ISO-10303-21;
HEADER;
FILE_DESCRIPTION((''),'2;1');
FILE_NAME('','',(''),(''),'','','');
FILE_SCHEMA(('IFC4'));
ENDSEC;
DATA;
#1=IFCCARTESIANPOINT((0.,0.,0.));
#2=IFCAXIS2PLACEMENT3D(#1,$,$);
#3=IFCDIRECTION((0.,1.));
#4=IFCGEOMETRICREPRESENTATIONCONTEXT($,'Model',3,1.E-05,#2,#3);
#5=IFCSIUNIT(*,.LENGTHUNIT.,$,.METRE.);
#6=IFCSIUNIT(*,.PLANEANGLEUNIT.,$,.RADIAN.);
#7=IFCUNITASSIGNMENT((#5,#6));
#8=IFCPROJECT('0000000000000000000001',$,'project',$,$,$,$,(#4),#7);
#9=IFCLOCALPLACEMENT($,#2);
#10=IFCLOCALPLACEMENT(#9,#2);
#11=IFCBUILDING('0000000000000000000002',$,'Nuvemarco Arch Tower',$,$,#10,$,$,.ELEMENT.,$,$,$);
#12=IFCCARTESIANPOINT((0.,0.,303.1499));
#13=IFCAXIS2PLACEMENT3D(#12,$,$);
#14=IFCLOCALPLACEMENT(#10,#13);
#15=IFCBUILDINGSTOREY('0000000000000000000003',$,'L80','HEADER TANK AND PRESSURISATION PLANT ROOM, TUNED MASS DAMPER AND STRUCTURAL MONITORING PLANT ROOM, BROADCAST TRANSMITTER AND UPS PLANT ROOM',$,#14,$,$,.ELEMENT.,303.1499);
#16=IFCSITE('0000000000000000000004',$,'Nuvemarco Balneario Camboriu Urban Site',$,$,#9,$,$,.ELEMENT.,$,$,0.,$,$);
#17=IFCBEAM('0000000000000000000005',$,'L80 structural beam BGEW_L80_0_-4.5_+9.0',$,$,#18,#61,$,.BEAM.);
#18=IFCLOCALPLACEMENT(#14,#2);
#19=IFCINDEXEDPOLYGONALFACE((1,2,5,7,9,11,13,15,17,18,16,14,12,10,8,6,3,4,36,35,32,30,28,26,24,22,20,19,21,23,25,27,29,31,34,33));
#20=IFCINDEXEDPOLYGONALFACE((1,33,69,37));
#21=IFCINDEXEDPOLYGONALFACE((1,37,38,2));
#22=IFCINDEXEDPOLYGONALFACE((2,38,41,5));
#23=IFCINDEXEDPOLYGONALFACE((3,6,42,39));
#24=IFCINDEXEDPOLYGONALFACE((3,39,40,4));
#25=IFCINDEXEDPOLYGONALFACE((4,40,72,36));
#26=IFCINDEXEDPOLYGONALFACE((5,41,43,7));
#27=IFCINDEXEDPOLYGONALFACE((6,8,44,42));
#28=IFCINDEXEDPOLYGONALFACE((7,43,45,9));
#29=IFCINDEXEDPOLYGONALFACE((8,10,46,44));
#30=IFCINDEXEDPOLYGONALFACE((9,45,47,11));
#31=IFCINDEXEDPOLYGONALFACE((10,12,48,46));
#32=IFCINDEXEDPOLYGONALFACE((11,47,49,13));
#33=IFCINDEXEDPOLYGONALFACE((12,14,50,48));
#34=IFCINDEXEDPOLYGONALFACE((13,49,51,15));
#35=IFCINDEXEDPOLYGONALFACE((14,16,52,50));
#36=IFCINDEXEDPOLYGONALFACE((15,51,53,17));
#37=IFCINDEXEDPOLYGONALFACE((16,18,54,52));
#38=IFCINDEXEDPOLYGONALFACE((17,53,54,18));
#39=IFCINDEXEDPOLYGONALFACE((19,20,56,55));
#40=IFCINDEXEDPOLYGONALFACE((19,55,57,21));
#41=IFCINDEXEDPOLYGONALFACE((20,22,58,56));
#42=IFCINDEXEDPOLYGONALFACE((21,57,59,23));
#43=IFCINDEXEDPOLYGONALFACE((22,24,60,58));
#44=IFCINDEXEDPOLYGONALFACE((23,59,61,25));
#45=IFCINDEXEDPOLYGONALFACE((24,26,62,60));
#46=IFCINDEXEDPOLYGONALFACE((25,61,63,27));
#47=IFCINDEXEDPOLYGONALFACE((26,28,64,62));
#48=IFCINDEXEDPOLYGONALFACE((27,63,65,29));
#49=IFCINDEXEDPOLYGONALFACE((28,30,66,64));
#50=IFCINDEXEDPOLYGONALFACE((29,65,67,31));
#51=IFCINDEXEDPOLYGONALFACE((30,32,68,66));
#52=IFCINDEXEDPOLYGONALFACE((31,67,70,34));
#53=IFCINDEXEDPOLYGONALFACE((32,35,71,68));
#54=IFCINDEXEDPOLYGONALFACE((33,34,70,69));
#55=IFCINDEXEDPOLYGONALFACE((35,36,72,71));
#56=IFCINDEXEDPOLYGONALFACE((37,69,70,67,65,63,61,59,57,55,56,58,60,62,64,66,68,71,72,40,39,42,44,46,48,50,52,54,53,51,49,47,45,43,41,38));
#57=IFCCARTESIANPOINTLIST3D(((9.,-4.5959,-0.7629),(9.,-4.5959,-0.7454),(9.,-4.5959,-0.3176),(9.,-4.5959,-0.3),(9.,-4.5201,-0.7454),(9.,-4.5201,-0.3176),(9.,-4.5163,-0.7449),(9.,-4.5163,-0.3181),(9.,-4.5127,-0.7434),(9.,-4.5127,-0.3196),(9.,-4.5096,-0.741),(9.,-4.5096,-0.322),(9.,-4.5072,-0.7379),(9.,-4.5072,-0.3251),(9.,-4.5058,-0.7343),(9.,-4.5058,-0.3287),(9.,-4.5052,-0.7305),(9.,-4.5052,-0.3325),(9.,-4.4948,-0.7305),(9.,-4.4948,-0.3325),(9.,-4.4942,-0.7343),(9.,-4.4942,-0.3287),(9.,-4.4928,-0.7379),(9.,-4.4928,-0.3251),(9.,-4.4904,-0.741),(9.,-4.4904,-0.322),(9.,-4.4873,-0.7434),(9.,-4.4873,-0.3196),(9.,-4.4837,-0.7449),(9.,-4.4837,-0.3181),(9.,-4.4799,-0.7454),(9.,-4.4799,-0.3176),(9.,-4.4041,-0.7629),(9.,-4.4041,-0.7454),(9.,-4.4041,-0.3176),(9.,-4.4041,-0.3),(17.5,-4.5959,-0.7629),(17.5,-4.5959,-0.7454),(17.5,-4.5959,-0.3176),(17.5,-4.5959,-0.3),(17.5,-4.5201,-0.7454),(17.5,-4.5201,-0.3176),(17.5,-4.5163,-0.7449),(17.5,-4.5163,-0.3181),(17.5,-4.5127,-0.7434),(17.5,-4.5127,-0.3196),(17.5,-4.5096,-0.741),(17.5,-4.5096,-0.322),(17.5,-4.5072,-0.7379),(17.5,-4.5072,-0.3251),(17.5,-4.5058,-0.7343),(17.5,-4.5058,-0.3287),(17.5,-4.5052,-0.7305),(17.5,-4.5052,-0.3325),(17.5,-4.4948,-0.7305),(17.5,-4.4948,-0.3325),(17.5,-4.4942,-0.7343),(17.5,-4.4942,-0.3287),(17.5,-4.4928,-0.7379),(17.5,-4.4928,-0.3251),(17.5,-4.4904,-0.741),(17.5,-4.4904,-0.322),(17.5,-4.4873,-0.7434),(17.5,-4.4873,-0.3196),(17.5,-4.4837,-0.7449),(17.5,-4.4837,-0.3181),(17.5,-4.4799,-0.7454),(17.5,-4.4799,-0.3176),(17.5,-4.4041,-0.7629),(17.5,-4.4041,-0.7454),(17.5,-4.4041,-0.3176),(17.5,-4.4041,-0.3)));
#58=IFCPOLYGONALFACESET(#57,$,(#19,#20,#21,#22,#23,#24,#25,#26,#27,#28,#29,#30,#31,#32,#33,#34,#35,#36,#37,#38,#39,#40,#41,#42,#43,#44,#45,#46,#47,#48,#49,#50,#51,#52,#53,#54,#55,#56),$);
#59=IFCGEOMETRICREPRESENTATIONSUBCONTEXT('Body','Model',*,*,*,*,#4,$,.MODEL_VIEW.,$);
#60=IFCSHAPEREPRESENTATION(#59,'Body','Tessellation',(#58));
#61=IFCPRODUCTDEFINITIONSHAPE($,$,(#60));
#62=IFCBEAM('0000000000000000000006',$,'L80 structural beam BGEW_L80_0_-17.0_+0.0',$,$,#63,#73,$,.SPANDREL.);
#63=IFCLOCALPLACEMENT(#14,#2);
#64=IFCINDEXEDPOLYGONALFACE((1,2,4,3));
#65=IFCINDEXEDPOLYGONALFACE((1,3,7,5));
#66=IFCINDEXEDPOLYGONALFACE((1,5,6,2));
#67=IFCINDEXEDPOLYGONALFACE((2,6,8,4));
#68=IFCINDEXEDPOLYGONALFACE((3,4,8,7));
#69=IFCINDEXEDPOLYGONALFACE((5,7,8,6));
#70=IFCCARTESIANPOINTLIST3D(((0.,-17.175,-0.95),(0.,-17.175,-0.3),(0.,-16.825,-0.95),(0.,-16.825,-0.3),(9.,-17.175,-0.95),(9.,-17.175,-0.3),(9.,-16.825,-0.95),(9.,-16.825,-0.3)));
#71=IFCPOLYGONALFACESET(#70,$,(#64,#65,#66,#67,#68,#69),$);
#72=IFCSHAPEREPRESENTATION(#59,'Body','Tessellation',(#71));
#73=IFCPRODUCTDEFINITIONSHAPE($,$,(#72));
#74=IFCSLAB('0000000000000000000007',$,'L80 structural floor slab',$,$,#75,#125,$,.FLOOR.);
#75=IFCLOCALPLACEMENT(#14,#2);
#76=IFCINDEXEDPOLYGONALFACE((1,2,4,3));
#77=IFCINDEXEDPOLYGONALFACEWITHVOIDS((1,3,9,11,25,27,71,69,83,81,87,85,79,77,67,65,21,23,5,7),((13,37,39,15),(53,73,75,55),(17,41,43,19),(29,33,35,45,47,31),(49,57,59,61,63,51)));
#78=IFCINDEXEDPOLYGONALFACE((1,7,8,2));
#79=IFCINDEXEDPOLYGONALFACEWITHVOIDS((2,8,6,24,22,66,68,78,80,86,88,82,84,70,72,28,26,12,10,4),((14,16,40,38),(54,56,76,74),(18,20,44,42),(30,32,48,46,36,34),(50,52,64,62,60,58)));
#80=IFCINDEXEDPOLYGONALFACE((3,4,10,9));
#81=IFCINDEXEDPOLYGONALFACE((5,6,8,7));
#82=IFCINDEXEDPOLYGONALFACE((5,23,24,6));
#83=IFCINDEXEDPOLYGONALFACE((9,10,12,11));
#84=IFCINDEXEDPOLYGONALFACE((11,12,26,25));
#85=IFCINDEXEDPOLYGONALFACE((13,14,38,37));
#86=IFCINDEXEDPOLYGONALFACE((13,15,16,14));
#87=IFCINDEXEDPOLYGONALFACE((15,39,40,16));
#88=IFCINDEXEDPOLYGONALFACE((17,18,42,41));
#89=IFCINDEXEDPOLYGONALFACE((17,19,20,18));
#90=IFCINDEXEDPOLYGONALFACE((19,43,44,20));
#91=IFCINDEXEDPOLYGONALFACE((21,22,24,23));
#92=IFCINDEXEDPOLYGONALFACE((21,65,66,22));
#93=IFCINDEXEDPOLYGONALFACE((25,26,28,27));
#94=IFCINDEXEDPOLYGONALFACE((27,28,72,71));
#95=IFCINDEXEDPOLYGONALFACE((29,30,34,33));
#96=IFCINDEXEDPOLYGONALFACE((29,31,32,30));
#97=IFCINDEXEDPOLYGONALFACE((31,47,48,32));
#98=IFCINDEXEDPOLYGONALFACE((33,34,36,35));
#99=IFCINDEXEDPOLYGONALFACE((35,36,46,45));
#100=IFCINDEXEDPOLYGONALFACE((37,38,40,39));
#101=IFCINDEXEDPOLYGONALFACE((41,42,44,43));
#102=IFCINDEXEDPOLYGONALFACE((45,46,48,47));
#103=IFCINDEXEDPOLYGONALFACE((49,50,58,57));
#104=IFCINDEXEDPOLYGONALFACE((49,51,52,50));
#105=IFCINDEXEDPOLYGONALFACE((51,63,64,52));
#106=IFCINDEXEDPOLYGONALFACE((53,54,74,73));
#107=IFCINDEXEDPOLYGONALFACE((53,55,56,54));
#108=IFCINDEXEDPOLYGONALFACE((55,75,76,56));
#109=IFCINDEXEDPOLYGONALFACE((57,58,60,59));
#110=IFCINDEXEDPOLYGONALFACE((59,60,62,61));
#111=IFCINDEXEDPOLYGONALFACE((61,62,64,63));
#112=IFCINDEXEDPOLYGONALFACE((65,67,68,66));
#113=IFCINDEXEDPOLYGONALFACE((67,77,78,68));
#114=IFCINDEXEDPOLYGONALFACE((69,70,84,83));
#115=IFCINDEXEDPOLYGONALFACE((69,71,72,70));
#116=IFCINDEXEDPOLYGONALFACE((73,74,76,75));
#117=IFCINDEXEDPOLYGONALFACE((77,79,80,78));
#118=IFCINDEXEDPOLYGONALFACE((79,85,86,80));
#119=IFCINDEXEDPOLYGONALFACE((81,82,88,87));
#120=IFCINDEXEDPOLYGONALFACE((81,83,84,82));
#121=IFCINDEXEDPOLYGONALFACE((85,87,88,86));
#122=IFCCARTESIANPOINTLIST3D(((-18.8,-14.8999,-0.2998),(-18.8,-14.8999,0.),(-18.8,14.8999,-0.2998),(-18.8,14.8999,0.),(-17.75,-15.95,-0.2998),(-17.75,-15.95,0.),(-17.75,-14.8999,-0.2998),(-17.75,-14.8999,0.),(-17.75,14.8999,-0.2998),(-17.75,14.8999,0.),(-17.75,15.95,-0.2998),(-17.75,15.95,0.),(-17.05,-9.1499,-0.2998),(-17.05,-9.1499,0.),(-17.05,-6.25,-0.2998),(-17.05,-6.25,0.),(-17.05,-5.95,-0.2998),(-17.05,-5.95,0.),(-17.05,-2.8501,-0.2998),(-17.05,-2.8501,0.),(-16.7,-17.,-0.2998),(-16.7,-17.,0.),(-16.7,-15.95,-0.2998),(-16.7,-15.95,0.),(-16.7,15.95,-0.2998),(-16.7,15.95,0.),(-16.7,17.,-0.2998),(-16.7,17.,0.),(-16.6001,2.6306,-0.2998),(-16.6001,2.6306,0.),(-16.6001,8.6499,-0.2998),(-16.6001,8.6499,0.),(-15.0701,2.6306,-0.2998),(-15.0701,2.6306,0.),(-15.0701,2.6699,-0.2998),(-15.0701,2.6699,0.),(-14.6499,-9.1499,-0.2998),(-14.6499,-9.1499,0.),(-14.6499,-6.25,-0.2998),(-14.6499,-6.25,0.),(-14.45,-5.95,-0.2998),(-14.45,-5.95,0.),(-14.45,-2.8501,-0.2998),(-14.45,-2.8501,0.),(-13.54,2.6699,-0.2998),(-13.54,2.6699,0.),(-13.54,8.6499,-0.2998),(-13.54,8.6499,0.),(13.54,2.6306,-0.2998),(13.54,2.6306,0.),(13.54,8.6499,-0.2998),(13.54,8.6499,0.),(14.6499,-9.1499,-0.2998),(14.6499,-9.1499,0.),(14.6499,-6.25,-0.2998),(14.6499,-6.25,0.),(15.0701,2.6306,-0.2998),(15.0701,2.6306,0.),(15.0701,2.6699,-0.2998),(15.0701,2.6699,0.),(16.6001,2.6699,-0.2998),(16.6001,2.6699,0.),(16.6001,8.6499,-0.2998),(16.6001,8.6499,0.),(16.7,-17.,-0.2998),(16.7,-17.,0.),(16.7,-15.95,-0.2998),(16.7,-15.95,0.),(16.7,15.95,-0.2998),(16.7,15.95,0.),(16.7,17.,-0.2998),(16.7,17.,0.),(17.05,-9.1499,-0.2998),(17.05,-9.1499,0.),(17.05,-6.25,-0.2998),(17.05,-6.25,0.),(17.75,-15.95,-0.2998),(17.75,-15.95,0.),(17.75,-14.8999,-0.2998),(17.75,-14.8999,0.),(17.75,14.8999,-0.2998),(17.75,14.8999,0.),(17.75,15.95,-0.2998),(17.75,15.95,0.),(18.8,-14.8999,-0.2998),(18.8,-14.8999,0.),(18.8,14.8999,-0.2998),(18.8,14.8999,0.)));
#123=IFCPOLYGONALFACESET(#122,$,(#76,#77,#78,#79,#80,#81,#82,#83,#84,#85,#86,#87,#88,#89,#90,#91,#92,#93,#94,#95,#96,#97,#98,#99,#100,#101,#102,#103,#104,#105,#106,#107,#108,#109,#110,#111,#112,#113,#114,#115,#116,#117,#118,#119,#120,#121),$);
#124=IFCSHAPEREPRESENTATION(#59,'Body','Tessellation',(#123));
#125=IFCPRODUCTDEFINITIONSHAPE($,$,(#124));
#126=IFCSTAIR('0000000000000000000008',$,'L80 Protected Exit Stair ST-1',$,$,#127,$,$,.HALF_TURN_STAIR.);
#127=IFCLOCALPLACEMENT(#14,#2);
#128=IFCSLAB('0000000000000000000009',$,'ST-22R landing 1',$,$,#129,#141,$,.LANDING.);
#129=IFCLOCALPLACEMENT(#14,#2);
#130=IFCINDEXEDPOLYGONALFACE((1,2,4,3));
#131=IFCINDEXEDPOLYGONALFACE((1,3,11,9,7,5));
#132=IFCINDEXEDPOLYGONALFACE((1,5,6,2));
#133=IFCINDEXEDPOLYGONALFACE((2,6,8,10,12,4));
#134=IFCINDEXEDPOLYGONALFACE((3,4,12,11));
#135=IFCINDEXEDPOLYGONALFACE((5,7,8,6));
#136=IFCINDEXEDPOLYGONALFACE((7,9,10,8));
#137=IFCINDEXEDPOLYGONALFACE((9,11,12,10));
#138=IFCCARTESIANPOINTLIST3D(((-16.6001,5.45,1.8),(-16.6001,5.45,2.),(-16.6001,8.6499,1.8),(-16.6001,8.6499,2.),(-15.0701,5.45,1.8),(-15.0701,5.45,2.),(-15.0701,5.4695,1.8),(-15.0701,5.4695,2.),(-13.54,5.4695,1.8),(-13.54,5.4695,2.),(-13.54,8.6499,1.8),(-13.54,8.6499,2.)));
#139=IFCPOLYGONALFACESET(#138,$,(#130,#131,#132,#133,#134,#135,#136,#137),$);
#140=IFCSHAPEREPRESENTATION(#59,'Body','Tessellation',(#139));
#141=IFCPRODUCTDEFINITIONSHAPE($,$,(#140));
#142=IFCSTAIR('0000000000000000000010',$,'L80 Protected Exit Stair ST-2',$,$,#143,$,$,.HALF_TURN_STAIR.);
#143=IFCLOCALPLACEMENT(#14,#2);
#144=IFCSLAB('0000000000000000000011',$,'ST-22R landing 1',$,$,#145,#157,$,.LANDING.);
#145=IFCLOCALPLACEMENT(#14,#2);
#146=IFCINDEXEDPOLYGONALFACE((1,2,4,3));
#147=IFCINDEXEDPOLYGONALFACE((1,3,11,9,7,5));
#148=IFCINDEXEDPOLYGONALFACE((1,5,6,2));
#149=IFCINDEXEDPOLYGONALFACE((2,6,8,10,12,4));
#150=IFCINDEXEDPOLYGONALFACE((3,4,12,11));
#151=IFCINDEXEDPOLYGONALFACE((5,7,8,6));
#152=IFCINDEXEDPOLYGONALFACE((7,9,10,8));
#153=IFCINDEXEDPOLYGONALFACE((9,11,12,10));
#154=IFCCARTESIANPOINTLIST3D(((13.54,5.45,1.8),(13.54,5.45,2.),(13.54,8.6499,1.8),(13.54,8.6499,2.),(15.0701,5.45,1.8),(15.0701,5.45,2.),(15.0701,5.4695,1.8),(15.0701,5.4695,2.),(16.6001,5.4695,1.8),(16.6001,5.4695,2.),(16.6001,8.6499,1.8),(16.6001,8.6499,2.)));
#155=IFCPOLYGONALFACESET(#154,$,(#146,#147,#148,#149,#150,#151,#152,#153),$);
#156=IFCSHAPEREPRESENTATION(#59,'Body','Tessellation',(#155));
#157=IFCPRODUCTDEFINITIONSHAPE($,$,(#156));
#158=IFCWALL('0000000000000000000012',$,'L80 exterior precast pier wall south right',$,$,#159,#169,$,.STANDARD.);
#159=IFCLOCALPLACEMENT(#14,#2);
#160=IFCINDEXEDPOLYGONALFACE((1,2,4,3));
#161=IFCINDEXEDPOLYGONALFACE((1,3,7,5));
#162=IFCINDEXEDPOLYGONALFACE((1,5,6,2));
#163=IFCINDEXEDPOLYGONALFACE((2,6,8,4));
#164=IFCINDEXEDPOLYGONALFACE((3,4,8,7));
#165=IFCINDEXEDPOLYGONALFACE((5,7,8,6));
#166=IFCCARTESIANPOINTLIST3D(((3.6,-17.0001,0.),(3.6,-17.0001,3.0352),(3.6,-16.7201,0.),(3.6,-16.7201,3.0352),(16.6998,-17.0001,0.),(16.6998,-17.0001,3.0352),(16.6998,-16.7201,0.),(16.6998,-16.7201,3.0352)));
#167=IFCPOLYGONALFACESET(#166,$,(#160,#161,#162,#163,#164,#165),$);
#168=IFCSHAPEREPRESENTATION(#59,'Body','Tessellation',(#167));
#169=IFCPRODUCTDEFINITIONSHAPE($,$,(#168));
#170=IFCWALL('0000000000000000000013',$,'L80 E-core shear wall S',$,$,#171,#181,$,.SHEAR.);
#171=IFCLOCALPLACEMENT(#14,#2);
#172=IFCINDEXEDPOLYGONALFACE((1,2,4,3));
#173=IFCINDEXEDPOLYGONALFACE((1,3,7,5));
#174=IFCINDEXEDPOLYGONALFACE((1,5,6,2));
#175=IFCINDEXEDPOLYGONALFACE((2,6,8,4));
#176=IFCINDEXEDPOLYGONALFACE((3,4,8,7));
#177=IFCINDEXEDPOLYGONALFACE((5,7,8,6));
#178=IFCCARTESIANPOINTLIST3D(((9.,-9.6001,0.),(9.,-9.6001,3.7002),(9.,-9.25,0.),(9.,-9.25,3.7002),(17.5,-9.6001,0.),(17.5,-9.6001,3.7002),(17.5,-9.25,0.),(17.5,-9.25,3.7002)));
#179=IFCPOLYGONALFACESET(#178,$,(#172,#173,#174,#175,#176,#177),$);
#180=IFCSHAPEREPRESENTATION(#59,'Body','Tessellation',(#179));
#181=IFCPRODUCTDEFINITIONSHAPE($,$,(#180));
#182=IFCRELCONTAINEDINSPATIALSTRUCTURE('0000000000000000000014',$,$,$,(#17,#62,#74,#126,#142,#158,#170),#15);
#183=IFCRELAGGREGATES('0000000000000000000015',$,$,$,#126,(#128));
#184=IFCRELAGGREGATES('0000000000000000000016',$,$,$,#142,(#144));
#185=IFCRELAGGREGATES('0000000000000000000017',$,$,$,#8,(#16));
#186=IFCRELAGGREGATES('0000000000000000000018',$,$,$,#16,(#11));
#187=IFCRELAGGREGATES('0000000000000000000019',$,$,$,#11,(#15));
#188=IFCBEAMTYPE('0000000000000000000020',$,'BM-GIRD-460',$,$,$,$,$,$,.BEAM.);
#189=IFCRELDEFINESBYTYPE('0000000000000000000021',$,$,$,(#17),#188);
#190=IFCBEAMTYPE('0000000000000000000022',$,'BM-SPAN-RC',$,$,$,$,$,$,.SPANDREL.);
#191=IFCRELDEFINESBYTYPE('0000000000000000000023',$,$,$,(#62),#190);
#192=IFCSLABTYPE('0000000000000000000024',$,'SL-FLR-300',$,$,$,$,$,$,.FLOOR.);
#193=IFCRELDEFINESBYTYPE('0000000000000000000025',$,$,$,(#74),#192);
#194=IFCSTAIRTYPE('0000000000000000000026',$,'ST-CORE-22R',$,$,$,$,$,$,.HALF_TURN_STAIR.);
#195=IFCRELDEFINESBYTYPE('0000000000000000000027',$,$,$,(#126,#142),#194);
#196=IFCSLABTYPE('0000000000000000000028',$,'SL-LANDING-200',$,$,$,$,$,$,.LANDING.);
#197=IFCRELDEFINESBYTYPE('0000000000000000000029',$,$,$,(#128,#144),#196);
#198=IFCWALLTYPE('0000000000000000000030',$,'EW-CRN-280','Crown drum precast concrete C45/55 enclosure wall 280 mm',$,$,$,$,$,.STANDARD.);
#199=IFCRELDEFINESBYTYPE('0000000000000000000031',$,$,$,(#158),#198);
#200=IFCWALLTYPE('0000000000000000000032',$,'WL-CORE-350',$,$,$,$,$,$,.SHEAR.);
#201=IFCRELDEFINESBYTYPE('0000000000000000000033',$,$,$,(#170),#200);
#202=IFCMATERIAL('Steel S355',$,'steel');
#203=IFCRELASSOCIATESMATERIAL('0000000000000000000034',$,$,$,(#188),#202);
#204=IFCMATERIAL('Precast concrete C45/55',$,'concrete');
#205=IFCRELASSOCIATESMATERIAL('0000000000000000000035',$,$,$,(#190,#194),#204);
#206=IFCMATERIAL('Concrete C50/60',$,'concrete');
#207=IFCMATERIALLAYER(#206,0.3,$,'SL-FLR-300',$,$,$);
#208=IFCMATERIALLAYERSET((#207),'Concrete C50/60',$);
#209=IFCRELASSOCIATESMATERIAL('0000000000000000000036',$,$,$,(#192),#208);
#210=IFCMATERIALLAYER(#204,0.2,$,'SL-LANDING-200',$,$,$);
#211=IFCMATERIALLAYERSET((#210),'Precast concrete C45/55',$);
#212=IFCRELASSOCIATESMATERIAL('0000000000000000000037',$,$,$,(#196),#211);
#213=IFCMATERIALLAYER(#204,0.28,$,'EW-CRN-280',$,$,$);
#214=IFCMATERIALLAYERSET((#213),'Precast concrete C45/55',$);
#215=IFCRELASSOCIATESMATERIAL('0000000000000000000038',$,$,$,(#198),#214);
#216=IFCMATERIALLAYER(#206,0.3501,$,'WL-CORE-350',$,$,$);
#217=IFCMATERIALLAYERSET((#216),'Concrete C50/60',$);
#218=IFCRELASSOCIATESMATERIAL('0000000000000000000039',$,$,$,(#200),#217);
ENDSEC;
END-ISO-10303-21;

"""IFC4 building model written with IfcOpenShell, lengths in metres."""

from ifc_helpers import new_model, si_unit, direction, frame, frame_2d, origin, origin_2d, place, context, subcontext, project, spatial, polyline, rectangle, i_section, outline, extrude, material, layer, layer_set, material_profile, profile_set, type_object, element, aggregate, save


model = new_model("IFC4")

# Units and contexts
model_context = context("Model", 3, precision=1e-05, world=origin(), true_north=direction((0.0, 1.0)))
body_context = subcontext(model_context, "Body", "Model", "MODEL_VIEW")
ifc_project = project(units=[si_unit("LENGTHUNIT", "METRE"), si_unit("PLANEANGLEUNIT", "RADIAN")], contexts=[model_context])

# Site, building, storey
site_placement = place(None, origin())
site = spatial("IfcSite", under=ifc_project, at=site_placement, Name="Nuvemarco Balneario Camboriu Urban Site", CompositionType="ELEMENT", RefElevation=0.0)
building_placement = place(site_placement, origin())
building = spatial("IfcBuilding", under=site, at=building_placement, Name="Nuvemarco Arch Tower", CompositionType="ELEMENT")
storey_placement = place(building_placement, frame((0.0, 0.0, 303.1499)))
storey = spatial("IfcBuildingStorey", under=building, at=storey_placement, Name="L80", Description="HEADER TANK AND PRESSURISATION PLANT ROOM, TUNED MASS DAMPER AND STRUCTURAL MONITORING PLANT ROOM, BROADCAST TRANSMITTER AND UPS PLANT ROOM", CompositionType="ELEMENT", Elevation=303.1499)

# Shared definitions
ifc_material_1 = material(Name="Concrete C50/60", Category="concrete")
ifc_material_2 = material(Name="Steel S355", Category="steel")

# Beams
ifc_material_profile_1 = material_profile(ifc_material_2, i_section(OverallWidth=0.1919, OverallDepth=0.4629, WebThickness=0.0105, FlangeThickness=0.0176, FilletRadius=0.0149, at=origin_2d()), Name="W460x89")
ifc_profile_set_1 = profile_set([ifc_material_profile_1], Name="Steel S355")
beam_type_1 = type_object("IfcBeamType", Name="BM-GIRD-460", PredefinedType="BEAM", material=ifc_profile_set_1)
for number, where, z_axis, x_axis, name in (
    (1, (9.0, -4.5, -0.5315), (1.0, 0.0, 0.0), (0.0, 1.0, 0.0), "L80 structural beam BGEW_L80_0_-4.5_+9.0"),
):
    element("IfcBeam", number, at=place(storey_placement, frame(where, z_axis=z_axis, x_axis=x_axis)), inside=storey, type_object=beam_type_1, Name=name, PredefinedType="BEAM", context=body_context, shape_type="SweptSolid", body=[
        extrude(i_section(OverallWidth=0.1919, OverallDepth=0.4629, WebThickness=0.0105, FlangeThickness=0.0176, FilletRadius=0.0149, at=origin_2d()), origin(), (0.0, 0.0, 1.0), 8.5),
    ])
ifc_material_3 = material(Name="Precast concrete C45/55", Category="concrete")
ifc_material_profile_2 = material_profile(ifc_material_3, rectangle(XDim=0.3501, YDim=0.6499, at=origin_2d()), Name="PC-SP-350x650")
ifc_profile_set_2 = profile_set([ifc_material_profile_2], Name="Precast concrete C45/55")
beam_type_2 = type_object("IfcBeamType", Name="BM-SPAN-RC", PredefinedType="SPANDREL", material=ifc_profile_set_2)
beam_1_placement = place(storey_placement, frame((0.0, -17.0, -0.625), z_axis=(1.0, 0.0, 0.0), x_axis=(0.0, 1.0, 0.0)))
element("IfcBeam", 2, at=beam_1_placement, inside=storey, type_object=beam_type_2, Name="L80 structural beam BGEW_L80_0_-17.0_+0.0", PredefinedType="SPANDREL", context=body_context, shape_type="SweptSolid", body=[
    extrude(rectangle(XDim=0.3501, YDim=0.6499, at=origin_2d()), origin(), (0.0, 0.0, 1.0), 9.0),
])

# Slab
ifc_layer_1 = layer(ifc_material_1, 0.3, Name="SL-FLR-300")
ifc_layer_set_1 = layer_set([ifc_layer_1], Name="Concrete C50/60")
slab_type_1 = type_object("IfcSlabType", Name="SL-FLR-300", PredefinedType="FLOOR", material=ifc_layer_set_1)
slab_1_placement = place(storey_placement, frame((0.0, 0.0, -0.2998)))
element("IfcSlab", 3, at=slab_1_placement, inside=storey, type_object=slab_type_1, Name="L80 structural floor slab", PredefinedType="FLOOR", context=body_context, shape_type="SweptSolid", body=[
    extrude(outline(polyline([(-16.7, -17.0), (16.7, -17.0), (16.7, -15.95), (17.75, -15.95), (17.75, -14.8999), (18.8, -14.8999), (18.8, 14.8999), (17.75, 14.8999), (17.75, 15.95), (16.7, 15.95), (16.7, 17.0), (-16.7, 17.0), (-16.7, 15.95), (-17.75, 15.95), (-17.75, 14.8999), (-18.8, 14.8999), (-18.8, -14.8999), (-17.75, -14.8999), (-17.75, -15.95), (-16.7, -15.95), (-16.7, -17.0)]), holes=[polyline([(-13.54, 2.6699), (-13.54, 8.6499), (-16.6001, 8.6499), (-16.6001, 2.6306), (-15.0701, 2.6306), (-15.0701, 2.6699), (-13.54, 2.6699)]), polyline([(16.6001, 2.6699), (16.6001, 8.6499), (13.54, 8.6499), (13.54, 2.6306), (15.0701, 2.6306), (15.0701, 2.6699), (16.6001, 2.6699)]), polyline([(-17.05, -9.1499), (-14.6499, -9.1499), (-14.6499, -6.25), (-17.05, -6.25), (-17.05, -9.1499)]), polyline([(-17.05, -5.95), (-14.45, -5.95), (-14.45, -2.8501), (-17.05, -2.8501), (-17.05, -5.95)]), polyline([(14.6499, -9.1499), (17.05, -9.1499), (17.05, -6.25), (14.6499, -6.25), (14.6499, -9.1499)])]), origin(), (0.0, 0.0, 1.0), 0.2998),
])

# Stairs, slabs
stair_type = type_object("IfcStairType", Name="ST-CORE-22R", PredefinedType="HALF_TURN_STAIR", material=ifc_material_3)
stair_1_placement = place(storey_placement, origin())
stair_1 = element("IfcStair", 4, at=stair_1_placement, inside=storey, type_object=stair_type, Name="L80 Protected Exit Stair ST-1", PredefinedType="HALF_TURN_STAIR")
ifc_layer_2 = layer(ifc_material_3, 0.2, Name="SL-LANDING-200")
ifc_layer_set_2 = layer_set([ifc_layer_2], Name="Precast concrete C45/55")
slab_type_2 = type_object("IfcSlabType", Name="SL-LANDING-200", PredefinedType="LANDING", material=ifc_layer_set_2)
slab_2_placement = place(storey_placement, frame((0.0, 0.0, 1.8)))
slab_2 = element("IfcSlab", 5, at=slab_2_placement, type_object=slab_type_2, Name="ST-22R landing 1", PredefinedType="LANDING", context=body_context, shape_type="SweptSolid", body=[
    extrude(outline(polyline([(-13.54, 5.4695), (-13.54, 8.6499), (-16.6001, 8.6499), (-16.6001, 5.45), (-15.0701, 5.45), (-15.0701, 5.4695), (-13.54, 5.4695)])), origin(), (0.0, 0.0, 1.0), 0.2),
])
aggregate(stair_1, [slab_2])
stair_2_placement = place(storey_placement, origin())
stair_2 = element("IfcStair", 6, at=stair_2_placement, inside=storey, type_object=stair_type, Name="L80 Protected Exit Stair ST-2", PredefinedType="HALF_TURN_STAIR")
slab_3_placement = place(storey_placement, frame((0.0, 0.0, 1.8)))
slab_3 = element("IfcSlab", 7, at=slab_3_placement, type_object=slab_type_2, Name="ST-22R landing 1", PredefinedType="LANDING", context=body_context, shape_type="SweptSolid", body=[
    extrude(outline(polyline([(16.6001, 5.4695), (16.6001, 8.6499), (13.54, 8.6499), (13.54, 5.45), (15.0701, 5.45), (15.0701, 5.4695), (16.6001, 5.4695)])), origin(), (0.0, 0.0, 1.0), 0.2),
])
aggregate(stair_2, [slab_3])

# Walls
ifc_layer_3 = layer(ifc_material_3, 0.28, Name="EW-CRN-280")
ifc_layer_set_3 = layer_set([ifc_layer_3], Name="Precast concrete C45/55")
wall_type_1 = type_object("IfcWallType", Name="EW-CRN-280", Description="Crown drum precast concrete C45/55 enclosure wall 280 mm", PredefinedType="STANDARD", material=ifc_layer_set_3)
wall_1_placement = place(storey_placement, frame((3.6001, -16.8601, 0.0), z_axis=(0.0, 0.0, 1.0), x_axis=(1.0, 0.0, 0.0)))
element("IfcWall", 8, at=wall_1_placement, inside=storey, type_object=wall_type_1, Name="L80 exterior precast pier wall south right", PredefinedType="STANDARD", context=body_context, shape_type="SweptSolid", body=[
    extrude(rectangle(XDim=13.0999, YDim=0.28, at=frame_2d((6.5498, 0.0))), origin(), (0.0, 0.0, 1.0), 3.0352),
])
ifc_layer_4 = layer(ifc_material_1, 0.3501, Name="WL-CORE-350")
ifc_layer_set_4 = layer_set([ifc_layer_4], Name="Concrete C50/60")
wall_type_2 = type_object("IfcWallType", Name="WL-CORE-350", PredefinedType="SHEAR", material=ifc_layer_set_4)
wall_2_placement = place(storey_placement, frame((9.0, -9.425, 0.0), z_axis=(0.0, 0.0, 1.0), x_axis=(1.0, 0.0, 0.0)))
element("IfcWall", 9, at=wall_2_placement, inside=storey, type_object=wall_type_2, Name="L80 E-core shear wall S", PredefinedType="SHEAR", context=body_context, shape_type="SweptSolid", body=[
    extrude(rectangle(XDim=8.5, YDim=0.3501, at=frame_2d((4.25, 0.0))), origin(), (0.0, 0.0, 1.0), 3.7002),
])

save(model, "model.ifc")
